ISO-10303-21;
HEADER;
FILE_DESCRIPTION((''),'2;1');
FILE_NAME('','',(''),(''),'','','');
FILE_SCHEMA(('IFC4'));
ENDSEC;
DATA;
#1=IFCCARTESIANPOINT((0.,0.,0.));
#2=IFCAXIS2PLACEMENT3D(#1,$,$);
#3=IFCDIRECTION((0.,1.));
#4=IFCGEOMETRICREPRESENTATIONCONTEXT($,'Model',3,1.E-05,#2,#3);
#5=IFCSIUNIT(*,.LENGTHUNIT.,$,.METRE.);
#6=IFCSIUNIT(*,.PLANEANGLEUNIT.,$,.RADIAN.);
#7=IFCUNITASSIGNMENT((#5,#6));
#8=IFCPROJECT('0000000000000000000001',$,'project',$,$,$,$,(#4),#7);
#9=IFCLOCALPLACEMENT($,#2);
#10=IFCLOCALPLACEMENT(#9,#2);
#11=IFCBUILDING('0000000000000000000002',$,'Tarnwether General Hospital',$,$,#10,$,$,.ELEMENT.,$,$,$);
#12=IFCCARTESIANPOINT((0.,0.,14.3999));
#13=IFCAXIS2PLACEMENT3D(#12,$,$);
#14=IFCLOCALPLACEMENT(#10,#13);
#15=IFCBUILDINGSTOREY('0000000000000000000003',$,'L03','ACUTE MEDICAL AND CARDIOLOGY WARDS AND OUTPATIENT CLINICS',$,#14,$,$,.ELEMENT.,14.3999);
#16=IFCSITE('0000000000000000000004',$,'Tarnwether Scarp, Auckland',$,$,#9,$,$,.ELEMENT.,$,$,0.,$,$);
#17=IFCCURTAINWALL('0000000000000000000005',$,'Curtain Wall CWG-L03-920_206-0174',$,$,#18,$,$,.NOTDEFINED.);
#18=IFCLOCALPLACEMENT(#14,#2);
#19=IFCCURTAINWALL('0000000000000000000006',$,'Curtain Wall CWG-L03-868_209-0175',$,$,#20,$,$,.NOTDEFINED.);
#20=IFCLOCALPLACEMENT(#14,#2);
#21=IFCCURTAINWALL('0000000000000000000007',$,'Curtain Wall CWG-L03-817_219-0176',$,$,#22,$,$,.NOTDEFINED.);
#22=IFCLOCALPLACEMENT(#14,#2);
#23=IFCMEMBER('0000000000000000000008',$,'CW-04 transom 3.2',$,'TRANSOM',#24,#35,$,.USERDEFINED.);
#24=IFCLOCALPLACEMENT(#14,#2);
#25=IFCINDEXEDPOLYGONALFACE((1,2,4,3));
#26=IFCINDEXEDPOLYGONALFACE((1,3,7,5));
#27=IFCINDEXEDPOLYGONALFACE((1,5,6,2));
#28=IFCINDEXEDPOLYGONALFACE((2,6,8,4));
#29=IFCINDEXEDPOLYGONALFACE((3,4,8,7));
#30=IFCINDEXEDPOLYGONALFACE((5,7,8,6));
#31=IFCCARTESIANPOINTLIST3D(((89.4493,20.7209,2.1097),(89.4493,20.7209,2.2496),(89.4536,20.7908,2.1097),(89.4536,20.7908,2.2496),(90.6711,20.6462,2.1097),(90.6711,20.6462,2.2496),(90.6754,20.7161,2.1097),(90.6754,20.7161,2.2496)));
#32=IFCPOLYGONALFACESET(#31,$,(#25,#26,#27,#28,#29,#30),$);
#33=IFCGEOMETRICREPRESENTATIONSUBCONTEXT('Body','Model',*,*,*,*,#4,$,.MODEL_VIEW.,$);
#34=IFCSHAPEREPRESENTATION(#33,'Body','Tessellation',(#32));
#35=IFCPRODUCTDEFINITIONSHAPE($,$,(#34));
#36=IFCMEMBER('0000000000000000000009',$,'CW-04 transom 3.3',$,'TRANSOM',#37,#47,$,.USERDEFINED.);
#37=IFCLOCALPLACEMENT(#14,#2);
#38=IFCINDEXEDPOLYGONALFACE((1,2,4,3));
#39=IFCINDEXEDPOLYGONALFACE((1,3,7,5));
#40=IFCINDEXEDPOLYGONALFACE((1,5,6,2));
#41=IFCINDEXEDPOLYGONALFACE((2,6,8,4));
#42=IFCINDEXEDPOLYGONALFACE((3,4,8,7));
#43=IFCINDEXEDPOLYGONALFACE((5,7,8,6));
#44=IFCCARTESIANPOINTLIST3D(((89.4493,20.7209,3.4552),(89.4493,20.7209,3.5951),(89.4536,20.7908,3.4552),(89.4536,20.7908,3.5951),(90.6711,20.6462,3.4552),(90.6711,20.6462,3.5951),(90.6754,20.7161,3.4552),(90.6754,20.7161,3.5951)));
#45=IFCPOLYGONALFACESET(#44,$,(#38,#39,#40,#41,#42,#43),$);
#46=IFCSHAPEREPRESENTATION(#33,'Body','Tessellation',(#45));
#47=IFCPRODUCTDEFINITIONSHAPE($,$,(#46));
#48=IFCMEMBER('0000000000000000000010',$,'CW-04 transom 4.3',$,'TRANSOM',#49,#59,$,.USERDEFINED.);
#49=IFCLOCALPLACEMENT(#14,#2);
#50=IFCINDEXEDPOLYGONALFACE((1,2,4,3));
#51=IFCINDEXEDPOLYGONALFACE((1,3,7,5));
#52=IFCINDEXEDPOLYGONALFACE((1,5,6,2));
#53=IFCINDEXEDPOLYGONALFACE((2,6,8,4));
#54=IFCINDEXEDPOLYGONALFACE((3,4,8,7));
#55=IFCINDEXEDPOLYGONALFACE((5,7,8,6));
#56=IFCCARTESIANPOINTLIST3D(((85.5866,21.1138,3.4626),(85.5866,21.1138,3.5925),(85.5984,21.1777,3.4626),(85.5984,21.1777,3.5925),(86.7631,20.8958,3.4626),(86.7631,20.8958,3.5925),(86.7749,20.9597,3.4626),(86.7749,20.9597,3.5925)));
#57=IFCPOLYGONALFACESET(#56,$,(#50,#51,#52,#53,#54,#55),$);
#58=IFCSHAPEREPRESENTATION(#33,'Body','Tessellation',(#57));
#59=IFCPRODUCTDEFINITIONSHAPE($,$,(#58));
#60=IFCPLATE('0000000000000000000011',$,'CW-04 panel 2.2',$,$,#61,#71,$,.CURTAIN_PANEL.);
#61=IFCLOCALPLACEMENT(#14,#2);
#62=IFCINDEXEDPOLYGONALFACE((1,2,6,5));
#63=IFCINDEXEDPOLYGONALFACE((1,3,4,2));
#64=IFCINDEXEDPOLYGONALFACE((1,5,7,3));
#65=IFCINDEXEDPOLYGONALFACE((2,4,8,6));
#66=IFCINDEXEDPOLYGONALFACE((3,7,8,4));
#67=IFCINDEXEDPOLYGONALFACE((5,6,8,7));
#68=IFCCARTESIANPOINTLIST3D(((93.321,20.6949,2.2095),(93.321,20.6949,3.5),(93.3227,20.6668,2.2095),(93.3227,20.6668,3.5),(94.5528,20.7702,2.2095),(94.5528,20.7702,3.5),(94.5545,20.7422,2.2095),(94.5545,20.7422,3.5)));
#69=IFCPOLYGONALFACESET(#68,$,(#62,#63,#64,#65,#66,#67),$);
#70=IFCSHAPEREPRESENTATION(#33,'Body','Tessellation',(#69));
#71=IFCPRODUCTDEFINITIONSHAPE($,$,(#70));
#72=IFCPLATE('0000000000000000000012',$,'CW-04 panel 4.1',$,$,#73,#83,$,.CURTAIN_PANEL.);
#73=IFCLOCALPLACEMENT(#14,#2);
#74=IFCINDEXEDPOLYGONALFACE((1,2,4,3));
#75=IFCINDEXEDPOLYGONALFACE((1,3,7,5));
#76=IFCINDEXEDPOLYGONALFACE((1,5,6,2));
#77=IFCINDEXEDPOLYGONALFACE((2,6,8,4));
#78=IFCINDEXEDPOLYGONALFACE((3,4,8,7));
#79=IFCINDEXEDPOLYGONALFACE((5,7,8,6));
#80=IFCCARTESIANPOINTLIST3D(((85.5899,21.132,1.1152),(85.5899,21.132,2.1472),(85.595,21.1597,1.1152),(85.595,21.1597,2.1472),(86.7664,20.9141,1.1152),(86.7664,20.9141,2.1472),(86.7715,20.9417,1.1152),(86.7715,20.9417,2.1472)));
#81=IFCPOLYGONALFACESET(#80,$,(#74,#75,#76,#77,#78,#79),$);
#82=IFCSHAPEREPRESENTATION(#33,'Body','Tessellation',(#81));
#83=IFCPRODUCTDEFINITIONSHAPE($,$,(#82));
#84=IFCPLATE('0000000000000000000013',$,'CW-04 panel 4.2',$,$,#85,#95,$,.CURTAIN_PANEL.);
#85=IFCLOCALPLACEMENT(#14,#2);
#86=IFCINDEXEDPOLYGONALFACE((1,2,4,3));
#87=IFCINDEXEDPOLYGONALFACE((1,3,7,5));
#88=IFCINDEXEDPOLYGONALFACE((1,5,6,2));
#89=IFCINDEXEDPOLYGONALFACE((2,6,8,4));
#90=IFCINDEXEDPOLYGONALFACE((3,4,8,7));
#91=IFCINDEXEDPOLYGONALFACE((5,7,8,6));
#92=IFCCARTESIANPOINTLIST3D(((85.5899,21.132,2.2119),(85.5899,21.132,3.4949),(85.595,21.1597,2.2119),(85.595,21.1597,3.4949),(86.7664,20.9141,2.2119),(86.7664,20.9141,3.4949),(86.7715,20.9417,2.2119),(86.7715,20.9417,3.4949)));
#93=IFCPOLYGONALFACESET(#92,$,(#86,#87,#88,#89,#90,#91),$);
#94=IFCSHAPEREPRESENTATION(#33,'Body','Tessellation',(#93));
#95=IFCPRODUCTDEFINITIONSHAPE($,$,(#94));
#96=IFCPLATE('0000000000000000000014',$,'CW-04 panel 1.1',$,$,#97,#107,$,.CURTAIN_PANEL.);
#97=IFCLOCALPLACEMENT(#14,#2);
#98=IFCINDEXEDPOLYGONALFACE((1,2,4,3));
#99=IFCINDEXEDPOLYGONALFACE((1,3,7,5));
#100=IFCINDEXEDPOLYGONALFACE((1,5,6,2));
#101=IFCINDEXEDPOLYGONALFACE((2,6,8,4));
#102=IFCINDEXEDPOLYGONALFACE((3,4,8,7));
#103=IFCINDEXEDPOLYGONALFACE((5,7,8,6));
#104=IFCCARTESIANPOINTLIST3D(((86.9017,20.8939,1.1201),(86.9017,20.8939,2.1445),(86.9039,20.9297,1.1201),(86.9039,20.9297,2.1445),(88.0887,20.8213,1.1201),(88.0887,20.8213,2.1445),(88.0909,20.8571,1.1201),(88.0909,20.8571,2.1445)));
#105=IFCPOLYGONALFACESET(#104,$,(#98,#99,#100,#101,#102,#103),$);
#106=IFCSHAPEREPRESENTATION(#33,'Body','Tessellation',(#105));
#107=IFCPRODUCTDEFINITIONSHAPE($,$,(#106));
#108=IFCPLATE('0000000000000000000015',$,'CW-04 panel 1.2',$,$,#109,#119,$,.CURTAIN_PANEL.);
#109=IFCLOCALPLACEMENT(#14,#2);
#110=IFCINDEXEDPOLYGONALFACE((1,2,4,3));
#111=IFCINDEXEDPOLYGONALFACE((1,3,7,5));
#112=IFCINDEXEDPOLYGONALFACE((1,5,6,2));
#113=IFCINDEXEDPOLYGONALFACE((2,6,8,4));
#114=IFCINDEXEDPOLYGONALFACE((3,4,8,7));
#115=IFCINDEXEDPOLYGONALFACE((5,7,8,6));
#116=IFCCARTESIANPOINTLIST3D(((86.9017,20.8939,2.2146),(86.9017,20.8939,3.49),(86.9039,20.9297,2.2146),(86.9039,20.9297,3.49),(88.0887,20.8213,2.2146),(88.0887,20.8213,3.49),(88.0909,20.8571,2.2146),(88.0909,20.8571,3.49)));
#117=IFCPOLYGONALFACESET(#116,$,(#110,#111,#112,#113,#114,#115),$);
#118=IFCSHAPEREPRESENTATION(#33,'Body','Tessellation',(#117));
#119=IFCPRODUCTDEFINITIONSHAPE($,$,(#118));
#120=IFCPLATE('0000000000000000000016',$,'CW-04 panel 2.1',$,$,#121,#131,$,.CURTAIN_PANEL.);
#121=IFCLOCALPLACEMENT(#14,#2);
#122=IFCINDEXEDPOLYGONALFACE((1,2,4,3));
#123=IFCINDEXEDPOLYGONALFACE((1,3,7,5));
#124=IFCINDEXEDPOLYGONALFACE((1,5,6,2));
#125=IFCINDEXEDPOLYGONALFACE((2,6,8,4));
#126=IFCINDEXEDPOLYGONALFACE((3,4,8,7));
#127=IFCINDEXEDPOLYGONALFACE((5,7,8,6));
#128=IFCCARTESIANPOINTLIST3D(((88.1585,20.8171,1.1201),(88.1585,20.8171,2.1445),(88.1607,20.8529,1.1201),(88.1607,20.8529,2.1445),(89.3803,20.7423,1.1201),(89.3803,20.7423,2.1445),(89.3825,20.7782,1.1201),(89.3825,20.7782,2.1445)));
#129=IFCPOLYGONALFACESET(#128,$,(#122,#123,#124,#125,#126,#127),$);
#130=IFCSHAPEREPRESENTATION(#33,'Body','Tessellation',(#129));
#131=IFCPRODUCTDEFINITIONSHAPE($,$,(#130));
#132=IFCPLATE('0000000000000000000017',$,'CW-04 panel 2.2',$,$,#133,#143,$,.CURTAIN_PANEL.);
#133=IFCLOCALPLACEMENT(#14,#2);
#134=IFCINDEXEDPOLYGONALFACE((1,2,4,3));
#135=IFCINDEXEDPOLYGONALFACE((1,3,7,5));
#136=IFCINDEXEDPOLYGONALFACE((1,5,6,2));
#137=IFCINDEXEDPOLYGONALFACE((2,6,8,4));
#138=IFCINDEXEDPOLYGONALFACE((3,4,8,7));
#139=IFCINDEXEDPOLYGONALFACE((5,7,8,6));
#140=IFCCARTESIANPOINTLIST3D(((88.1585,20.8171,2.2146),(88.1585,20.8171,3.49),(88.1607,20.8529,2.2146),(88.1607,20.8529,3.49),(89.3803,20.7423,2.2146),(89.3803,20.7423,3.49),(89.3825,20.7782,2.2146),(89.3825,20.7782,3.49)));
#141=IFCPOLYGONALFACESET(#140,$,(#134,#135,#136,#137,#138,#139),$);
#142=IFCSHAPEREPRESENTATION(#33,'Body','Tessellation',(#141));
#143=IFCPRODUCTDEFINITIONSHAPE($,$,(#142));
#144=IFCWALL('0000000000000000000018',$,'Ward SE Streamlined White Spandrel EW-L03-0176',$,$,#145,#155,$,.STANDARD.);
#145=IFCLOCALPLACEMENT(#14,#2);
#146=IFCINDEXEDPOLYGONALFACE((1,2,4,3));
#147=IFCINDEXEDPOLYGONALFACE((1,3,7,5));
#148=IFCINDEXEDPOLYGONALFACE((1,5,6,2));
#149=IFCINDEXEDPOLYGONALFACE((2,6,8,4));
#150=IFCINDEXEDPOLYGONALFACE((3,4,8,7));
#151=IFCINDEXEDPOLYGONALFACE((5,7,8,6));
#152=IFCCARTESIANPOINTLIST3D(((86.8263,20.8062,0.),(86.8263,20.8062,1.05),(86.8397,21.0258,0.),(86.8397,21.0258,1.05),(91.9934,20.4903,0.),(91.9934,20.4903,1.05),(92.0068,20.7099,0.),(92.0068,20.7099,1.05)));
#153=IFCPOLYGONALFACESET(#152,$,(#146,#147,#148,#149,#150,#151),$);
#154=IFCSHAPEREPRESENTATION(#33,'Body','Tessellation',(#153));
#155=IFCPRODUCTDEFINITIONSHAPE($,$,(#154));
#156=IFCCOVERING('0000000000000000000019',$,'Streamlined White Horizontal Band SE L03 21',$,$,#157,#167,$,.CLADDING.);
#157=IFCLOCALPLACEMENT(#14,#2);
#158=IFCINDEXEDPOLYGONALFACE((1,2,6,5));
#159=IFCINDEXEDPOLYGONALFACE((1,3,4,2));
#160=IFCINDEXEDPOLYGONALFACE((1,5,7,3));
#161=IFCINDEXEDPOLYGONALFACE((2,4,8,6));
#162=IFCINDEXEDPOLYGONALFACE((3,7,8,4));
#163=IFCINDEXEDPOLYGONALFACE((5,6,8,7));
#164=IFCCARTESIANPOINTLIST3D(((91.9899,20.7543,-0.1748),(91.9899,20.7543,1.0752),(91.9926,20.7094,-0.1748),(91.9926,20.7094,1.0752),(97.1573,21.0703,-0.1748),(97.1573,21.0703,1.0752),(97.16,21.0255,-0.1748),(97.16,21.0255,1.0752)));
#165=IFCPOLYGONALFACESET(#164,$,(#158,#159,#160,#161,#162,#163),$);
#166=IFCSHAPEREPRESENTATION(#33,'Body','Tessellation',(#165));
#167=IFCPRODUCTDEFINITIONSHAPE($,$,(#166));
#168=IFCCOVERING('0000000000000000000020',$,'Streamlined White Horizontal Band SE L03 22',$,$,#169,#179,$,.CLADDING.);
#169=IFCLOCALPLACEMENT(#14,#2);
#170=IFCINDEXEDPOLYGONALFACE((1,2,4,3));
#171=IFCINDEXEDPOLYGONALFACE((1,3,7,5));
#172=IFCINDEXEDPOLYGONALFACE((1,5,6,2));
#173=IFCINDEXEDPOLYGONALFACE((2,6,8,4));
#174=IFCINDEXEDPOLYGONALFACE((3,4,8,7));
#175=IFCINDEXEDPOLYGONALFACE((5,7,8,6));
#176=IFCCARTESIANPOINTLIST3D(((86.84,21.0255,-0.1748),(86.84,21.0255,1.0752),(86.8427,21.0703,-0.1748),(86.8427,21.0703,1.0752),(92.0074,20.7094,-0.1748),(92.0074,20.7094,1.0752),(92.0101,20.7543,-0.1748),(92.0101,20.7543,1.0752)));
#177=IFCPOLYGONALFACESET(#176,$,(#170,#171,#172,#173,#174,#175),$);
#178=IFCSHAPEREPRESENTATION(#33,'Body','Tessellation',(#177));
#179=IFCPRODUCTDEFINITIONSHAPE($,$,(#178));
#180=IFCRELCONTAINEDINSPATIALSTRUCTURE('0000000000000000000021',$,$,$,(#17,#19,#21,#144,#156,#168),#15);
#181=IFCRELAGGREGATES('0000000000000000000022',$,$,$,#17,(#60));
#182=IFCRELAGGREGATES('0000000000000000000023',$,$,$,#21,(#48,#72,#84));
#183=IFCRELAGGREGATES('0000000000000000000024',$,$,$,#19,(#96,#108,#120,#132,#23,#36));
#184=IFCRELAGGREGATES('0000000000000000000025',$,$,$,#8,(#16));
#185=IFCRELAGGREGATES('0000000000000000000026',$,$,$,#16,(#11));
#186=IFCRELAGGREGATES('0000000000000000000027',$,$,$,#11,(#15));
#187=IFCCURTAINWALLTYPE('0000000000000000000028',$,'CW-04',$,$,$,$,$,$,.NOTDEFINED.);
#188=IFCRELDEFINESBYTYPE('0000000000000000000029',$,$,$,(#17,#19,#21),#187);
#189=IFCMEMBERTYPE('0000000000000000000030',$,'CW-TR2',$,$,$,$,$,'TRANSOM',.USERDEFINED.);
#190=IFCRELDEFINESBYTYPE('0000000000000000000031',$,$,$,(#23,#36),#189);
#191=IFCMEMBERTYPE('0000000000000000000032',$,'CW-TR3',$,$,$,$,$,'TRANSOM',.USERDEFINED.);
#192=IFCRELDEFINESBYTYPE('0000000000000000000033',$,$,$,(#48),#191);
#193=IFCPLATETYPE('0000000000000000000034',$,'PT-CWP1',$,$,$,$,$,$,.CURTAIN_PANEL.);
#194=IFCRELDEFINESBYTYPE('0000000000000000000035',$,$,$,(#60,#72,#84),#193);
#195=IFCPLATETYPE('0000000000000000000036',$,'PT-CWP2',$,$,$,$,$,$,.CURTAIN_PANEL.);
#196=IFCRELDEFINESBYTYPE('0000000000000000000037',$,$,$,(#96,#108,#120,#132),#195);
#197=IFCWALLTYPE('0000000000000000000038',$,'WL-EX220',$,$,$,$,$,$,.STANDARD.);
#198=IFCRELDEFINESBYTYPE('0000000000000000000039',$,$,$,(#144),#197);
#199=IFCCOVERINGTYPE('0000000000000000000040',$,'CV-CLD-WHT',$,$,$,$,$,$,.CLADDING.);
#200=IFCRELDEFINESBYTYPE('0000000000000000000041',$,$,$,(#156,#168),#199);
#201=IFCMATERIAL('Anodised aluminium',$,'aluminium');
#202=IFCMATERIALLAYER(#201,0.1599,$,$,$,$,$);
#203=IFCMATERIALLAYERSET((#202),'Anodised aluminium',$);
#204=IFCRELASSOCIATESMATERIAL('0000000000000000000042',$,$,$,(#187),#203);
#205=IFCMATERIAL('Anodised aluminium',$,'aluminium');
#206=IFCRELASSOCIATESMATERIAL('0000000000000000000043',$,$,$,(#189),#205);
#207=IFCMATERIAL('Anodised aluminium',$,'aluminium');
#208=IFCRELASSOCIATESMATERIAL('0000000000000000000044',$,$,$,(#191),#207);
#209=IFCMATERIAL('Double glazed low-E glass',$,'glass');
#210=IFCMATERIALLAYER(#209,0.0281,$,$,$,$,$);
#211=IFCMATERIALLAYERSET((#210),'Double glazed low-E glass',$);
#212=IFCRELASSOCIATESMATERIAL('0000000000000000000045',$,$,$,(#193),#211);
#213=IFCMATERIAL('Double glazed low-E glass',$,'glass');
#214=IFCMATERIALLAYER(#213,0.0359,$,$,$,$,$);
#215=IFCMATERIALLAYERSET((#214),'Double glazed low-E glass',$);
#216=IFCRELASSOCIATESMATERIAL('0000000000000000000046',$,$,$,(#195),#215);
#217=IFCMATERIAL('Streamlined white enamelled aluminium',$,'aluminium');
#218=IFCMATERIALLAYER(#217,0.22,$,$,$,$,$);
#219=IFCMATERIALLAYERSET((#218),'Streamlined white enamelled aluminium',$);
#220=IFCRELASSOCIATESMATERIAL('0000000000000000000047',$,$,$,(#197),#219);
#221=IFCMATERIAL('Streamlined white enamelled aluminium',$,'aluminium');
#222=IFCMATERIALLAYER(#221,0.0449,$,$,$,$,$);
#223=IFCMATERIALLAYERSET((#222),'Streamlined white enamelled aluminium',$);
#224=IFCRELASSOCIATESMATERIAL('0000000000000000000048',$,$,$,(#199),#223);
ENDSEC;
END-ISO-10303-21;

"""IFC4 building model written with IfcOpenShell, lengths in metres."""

from ifc_helpers import new_model, si_unit, direction, frame, frame_2d, origin, origin_2d, place, context, subcontext, project, spatial, rectangle, extrude, material, layer, layer_set, material_profile, profile_set, type_object, element, aggregate, save


model = new_model("IFC4")

# Units and contexts
model_context = context("Model", 3, precision=1e-05, world=origin(), true_north=direction((0.0, 1.0)))
body_context = subcontext(model_context, "Body", "Model", "MODEL_VIEW")
ifc_project = project(units=[si_unit("LENGTHUNIT", "METRE"), si_unit("PLANEANGLEUNIT", "RADIAN")], contexts=[model_context])

# Site, building, storey
site_placement = place(None, origin())
site = spatial("IfcSite", under=ifc_project, at=site_placement, Name="Tarnwether Scarp, Auckland", CompositionType="ELEMENT", RefElevation=0.0)
building_placement = place(site_placement, origin())
building = spatial("IfcBuilding", under=site, at=building_placement, Name="Tarnwether General Hospital", CompositionType="ELEMENT")
storey_placement = place(building_placement, frame((0.0, 0.0, 14.3999)))
storey = spatial("IfcBuildingStorey", under=building, at=storey_placement, Name="L03", Description="ACUTE MEDICAL AND CARDIOLOGY WARDS AND OUTPATIENT CLINICS", CompositionType="ELEMENT", Elevation=14.3999)

# Curtain wall
ifc_material_1 = material(Name="Anodised aluminium", Category="aluminium")
ifc_layer_1 = layer(ifc_material_1, 0.1599)
ifc_layer_set_1 = layer_set([ifc_layer_1], Name="Anodised aluminium")
curtain_wall_type = type_object("IfcCurtainWallType", Name="CW-04", PredefinedType="NOTDEFINED", material=ifc_layer_set_1)
curtain_wall_1_placement = place(storey_placement, origin())
curtain_wall_1 = element("IfcCurtainWall", 1, at=curtain_wall_1_placement, inside=storey, type_object=curtain_wall_type, Name="Curtain Wall CWG-L03-920_206-0174", PredefinedType="NOTDEFINED")

# Curtain wall
curtain_wall_2_placement = place(storey_placement, origin())
curtain_wall_2 = element("IfcCurtainWall", 2, at=curtain_wall_2_placement, inside=storey, type_object=curtain_wall_type, Name="Curtain Wall CWG-L03-868_209-0175", PredefinedType="NOTDEFINED")

# Curtain wall
curtain_wall_3_placement = place(storey_placement, origin())
curtain_wall_3 = element("IfcCurtainWall", 3, at=curtain_wall_3_placement, inside=storey, type_object=curtain_wall_type, Name="Curtain Wall CWG-L03-817_219-0176", PredefinedType="NOTDEFINED")

# Members
ifc_material_2 = material(Name="Anodised aluminium", Category="aluminium")
ifc_material_profile_1 = material_profile(ifc_material_2, rectangle(XDim=0.0701, YDim=0.1399, at=origin_2d()), Name="ALU-TRN-70x140")
ifc_profile_set_1 = profile_set([ifc_material_profile_1], Name="Anodised aluminium")
member_type_1 = type_object("IfcMemberType", Name="CW-TR2", ElementType="TRANSOM", PredefinedType="USERDEFINED", material=ifc_profile_set_1)
member_1_placement = place(storey_placement, frame((89.4514, 20.7559, 2.1797), z_axis=(0.998136, -0.061025, 0.0), x_axis=(0.061025, 0.998136, 0.0)))
member_1 = element("IfcMember", 4, at=member_1_placement, type_object=member_type_1, Name="CW-04 transom 3.2", ObjectType="TRANSOM", PredefinedType="USERDEFINED", context=body_context, shape_type="SweptSolid", body=[
    extrude(rectangle(XDim=0.0701, YDim=0.1399, at=origin_2d()), origin(), (0.0, 0.0, 1.0), 1.2241),
])
member_2_placement = place(storey_placement, frame((89.4514, 20.7559, 3.5251), z_axis=(0.998136, -0.061025, 0.0), x_axis=(0.061025, 0.998136, 0.0)))
member_2 = element("IfcMember", 5, at=member_2_placement, type_object=member_type_1, Name="CW-04 transom 3.3", ObjectType="TRANSOM", PredefinedType="USERDEFINED", context=body_context, shape_type="SweptSolid", body=[
    extrude(rectangle(XDim=0.0701, YDim=0.1399, at=origin_2d()), origin(), (0.0, 0.0, 1.0), 1.2241),
])
ifc_material_3 = material(Name="Anodised aluminium", Category="aluminium")
ifc_material_profile_2 = material_profile(ifc_material_3, rectangle(XDim=0.0649, YDim=0.1299, at=origin_2d()), Name="ALU-TRN-65x130")
ifc_profile_set_2 = profile_set([ifc_material_profile_2], Name="Anodised aluminium")
member_type_2 = type_object("IfcMemberType", Name="CW-TR3", ElementType="TRANSOM", PredefinedType="USERDEFINED", material=ifc_profile_set_2)
member_3_placement = place(storey_placement, frame((85.5925, 21.1458, 3.5276), z_axis=(0.98326, -0.182206, 0.0), x_axis=(0.182206, 0.98326, 0.0)))
member_3 = element("IfcMember", 6, at=member_3_placement, type_object=member_type_2, Name="CW-04 transom 4.3", ObjectType="TRANSOM", PredefinedType="USERDEFINED", context=body_context, shape_type="SweptSolid", body=[
    extrude(rectangle(XDim=0.0649, YDim=0.1299, at=origin_2d()), origin(), (0.0, 0.0, 1.0), 1.1965),
])

# Plates
ifc_material_4 = material(Name="Double glazed low-E glass", Category="glass")
ifc_layer_2 = layer(ifc_material_4, 0.0281)
ifc_layer_set_2 = layer_set([ifc_layer_2], Name="Double glazed low-E glass")
plate_type_1 = type_object("IfcPlateType", Name="PT-CWP1", PredefinedType="CURTAIN_PANEL", material=ifc_layer_set_2)
plate_1_placement = place(storey_placement, frame((93.9377, 20.7185, 2.2095), z_axis=(0.0, 0.0, 1.0), x_axis=(0.998135, 0.061043, 0.0)))
plate_1 = element("IfcPlate", 7, at=plate_1_placement, type_object=plate_type_1, Name="CW-04 panel 2.2", PredefinedType="CURTAIN_PANEL", context=body_context, shape_type="SweptSolid", body=[
    extrude(rectangle(XDim=1.2341, YDim=0.0281, at=origin_2d()), origin(), (0.0, 0.0, 1.0), 1.2905),
])
aggregate(curtain_wall_1, [plate_1])
plate_2_placement = place(storey_placement, frame((86.1807, 21.0369, 1.1152), z_axis=(0.0, 0.0, 1.0), x_axis=(0.983268, -0.182165, 0.0)))
plate_2 = element("IfcPlate", 8, at=plate_2_placement, type_object=plate_type_1, Name="CW-04 panel 4.1", PredefinedType="CURTAIN_PANEL", context=body_context, shape_type="SweptSolid", body=[
    extrude(rectangle(XDim=1.1965, YDim=0.0281, at=origin_2d()), origin(), (0.0, 0.0, 1.0), 1.032),
])
plate_3_placement = place(storey_placement, frame((86.1807, 21.0369, 2.2119), z_axis=(0.0, 0.0, 1.0), x_axis=(0.983268, -0.182165, 0.0)))
plate_3 = element("IfcPlate", 9, at=plate_3_placement, type_object=plate_type_1, Name="CW-04 panel 4.2", PredefinedType="CURTAIN_PANEL", context=body_context, shape_type="SweptSolid", body=[
    extrude(rectangle(XDim=1.1965, YDim=0.0281, at=origin_2d()), origin(), (0.0, 0.0, 1.0), 1.283),
])
aggregate(curtain_wall_3, [member_3, plate_2, plate_3])
ifc_material_5 = material(Name="Double glazed low-E glass", Category="glass")
ifc_layer_3 = layer(ifc_material_5, 0.0359)
ifc_layer_set_3 = layer_set([ifc_layer_3], Name="Double glazed low-E glass")
plate_type_2 = type_object("IfcPlateType", Name="PT-CWP2", PredefinedType="CURTAIN_PANEL", material=ifc_layer_set_3)
plate_4_placement = place(storey_placement, frame((87.4963, 20.8755, 1.1201), z_axis=(0.0, 0.0, 1.0), x_axis=(0.998135, -0.061043, 0.0)))
plate_4 = element("IfcPlate", 10, at=plate_4_placement, type_object=plate_type_2, Name="CW-04 panel 1.1", PredefinedType="CURTAIN_PANEL", context=body_context, shape_type="SweptSolid", body=[
    extrude(rectangle(XDim=1.1892, YDim=0.0359, at=origin_2d()), origin(), (0.0, 0.0, 1.0), 1.0244),
])
plate_5_placement = place(storey_placement, frame((87.4963, 20.8755, 2.2146), z_axis=(0.0, 0.0, 1.0), x_axis=(0.998135, -0.061043, 0.0)))
plate_5 = element("IfcPlate", 11, at=plate_5_placement, type_object=plate_type_2, Name="CW-04 panel 1.2", PredefinedType="CURTAIN_PANEL", context=body_context, shape_type="SweptSolid", body=[
    extrude(rectangle(XDim=1.1892, YDim=0.0359, at=origin_2d()), origin(), (0.0, 0.0, 1.0), 1.2754),
])
plate_6_placement = place(storey_placement, frame((88.7705, 20.7976, 1.1201), z_axis=(0.0, 0.0, 1.0), x_axis=(0.998135, -0.061043, 0.0)))
plate_6 = element("IfcPlate", 12, at=plate_6_placement, type_object=plate_type_2, Name="CW-04 panel 2.1", PredefinedType="CURTAIN_PANEL", context=body_context, shape_type="SweptSolid", body=[
    extrude(rectangle(XDim=1.2241, YDim=0.0359, at=origin_2d()), origin(), (0.0, 0.0, 1.0), 1.0244),
])
plate_7_placement = place(storey_placement, frame((88.7705, 20.7976, 2.2146), z_axis=(0.0, 0.0, 1.0), x_axis=(0.998135, -0.061043, 0.0)))
plate_7 = element("IfcPlate", 13, at=plate_7_placement, type_object=plate_type_2, Name="CW-04 panel 2.2", PredefinedType="CURTAIN_PANEL", context=body_context, shape_type="SweptSolid", body=[
    extrude(rectangle(XDim=1.2241, YDim=0.0359, at=origin_2d()), origin(), (0.0, 0.0, 1.0), 1.2754),
])
aggregate(curtain_wall_2, [plate_4, plate_5, plate_6, plate_7, member_1, member_2])

# Wall
ifc_material_6 = material(Name="Streamlined white enamelled aluminium", Category="aluminium")
ifc_layer_4 = layer(ifc_material_6, 0.22)
ifc_layer_set_4 = layer_set([ifc_layer_4], Name="Streamlined white enamelled aluminium")
wall_type = type_object("IfcWallType", Name="WL-EX220", PredefinedType="STANDARD", material=ifc_layer_set_4)
wall_placement = place(storey_placement, frame((86.833, 20.916, 0.0), z_axis=(0.0, 0.0, 1.0), x_axis=(0.998136, -0.061028, 0.0)))
element("IfcWall", 14, at=wall_placement, inside=storey, type_object=wall_type, Name="Ward SE Streamlined White Spandrel EW-L03-0176", PredefinedType="STANDARD", context=body_context, shape_type="SweptSolid", body=[
    extrude(rectangle(XDim=5.1768, YDim=0.22, at=frame_2d((2.5884, 0.0))), origin(), (0.0, 0.0, 1.0), 1.05),
])

# Coverings
ifc_material_7 = material(Name="Streamlined white enamelled aluminium", Category="aluminium")
ifc_layer_5 = layer(ifc_material_7, 0.0449)
ifc_layer_set_5 = layer_set([ifc_layer_5], Name="Streamlined white enamelled aluminium")
covering_type = type_object("IfcCoveringType", Name="CV-CLD-WHT", PredefinedType="CLADDING", material=ifc_layer_set_5)
for number, where, z_axis, x_axis, name in (
    (15, (94.575, 20.8899, -0.1748), (0.0, 0.0, 1.0), (0.998135, 0.061049, 0.0), "Streamlined White Horizontal Band SE L03 21"),
    (16, (89.425, 20.8899, -0.1748), (0.0, 0.0, 1.0), (0.998135, -0.061049, 0.0), "Streamlined White Horizontal Band SE L03 22"),
):
    element("IfcCovering", number, at=place(storey_placement, frame(where, z_axis=z_axis, x_axis=x_axis)), inside=storey, type_object=covering_type, Name=name, PredefinedType="CLADDING", context=body_context, shape_type="SweptSolid", body=[
        extrude(rectangle(XDim=5.177, YDim=0.0449, at=origin_2d()), origin(), (0.0, 0.0, 1.0), 1.25),
    ])

save(model, "model.ifc")
